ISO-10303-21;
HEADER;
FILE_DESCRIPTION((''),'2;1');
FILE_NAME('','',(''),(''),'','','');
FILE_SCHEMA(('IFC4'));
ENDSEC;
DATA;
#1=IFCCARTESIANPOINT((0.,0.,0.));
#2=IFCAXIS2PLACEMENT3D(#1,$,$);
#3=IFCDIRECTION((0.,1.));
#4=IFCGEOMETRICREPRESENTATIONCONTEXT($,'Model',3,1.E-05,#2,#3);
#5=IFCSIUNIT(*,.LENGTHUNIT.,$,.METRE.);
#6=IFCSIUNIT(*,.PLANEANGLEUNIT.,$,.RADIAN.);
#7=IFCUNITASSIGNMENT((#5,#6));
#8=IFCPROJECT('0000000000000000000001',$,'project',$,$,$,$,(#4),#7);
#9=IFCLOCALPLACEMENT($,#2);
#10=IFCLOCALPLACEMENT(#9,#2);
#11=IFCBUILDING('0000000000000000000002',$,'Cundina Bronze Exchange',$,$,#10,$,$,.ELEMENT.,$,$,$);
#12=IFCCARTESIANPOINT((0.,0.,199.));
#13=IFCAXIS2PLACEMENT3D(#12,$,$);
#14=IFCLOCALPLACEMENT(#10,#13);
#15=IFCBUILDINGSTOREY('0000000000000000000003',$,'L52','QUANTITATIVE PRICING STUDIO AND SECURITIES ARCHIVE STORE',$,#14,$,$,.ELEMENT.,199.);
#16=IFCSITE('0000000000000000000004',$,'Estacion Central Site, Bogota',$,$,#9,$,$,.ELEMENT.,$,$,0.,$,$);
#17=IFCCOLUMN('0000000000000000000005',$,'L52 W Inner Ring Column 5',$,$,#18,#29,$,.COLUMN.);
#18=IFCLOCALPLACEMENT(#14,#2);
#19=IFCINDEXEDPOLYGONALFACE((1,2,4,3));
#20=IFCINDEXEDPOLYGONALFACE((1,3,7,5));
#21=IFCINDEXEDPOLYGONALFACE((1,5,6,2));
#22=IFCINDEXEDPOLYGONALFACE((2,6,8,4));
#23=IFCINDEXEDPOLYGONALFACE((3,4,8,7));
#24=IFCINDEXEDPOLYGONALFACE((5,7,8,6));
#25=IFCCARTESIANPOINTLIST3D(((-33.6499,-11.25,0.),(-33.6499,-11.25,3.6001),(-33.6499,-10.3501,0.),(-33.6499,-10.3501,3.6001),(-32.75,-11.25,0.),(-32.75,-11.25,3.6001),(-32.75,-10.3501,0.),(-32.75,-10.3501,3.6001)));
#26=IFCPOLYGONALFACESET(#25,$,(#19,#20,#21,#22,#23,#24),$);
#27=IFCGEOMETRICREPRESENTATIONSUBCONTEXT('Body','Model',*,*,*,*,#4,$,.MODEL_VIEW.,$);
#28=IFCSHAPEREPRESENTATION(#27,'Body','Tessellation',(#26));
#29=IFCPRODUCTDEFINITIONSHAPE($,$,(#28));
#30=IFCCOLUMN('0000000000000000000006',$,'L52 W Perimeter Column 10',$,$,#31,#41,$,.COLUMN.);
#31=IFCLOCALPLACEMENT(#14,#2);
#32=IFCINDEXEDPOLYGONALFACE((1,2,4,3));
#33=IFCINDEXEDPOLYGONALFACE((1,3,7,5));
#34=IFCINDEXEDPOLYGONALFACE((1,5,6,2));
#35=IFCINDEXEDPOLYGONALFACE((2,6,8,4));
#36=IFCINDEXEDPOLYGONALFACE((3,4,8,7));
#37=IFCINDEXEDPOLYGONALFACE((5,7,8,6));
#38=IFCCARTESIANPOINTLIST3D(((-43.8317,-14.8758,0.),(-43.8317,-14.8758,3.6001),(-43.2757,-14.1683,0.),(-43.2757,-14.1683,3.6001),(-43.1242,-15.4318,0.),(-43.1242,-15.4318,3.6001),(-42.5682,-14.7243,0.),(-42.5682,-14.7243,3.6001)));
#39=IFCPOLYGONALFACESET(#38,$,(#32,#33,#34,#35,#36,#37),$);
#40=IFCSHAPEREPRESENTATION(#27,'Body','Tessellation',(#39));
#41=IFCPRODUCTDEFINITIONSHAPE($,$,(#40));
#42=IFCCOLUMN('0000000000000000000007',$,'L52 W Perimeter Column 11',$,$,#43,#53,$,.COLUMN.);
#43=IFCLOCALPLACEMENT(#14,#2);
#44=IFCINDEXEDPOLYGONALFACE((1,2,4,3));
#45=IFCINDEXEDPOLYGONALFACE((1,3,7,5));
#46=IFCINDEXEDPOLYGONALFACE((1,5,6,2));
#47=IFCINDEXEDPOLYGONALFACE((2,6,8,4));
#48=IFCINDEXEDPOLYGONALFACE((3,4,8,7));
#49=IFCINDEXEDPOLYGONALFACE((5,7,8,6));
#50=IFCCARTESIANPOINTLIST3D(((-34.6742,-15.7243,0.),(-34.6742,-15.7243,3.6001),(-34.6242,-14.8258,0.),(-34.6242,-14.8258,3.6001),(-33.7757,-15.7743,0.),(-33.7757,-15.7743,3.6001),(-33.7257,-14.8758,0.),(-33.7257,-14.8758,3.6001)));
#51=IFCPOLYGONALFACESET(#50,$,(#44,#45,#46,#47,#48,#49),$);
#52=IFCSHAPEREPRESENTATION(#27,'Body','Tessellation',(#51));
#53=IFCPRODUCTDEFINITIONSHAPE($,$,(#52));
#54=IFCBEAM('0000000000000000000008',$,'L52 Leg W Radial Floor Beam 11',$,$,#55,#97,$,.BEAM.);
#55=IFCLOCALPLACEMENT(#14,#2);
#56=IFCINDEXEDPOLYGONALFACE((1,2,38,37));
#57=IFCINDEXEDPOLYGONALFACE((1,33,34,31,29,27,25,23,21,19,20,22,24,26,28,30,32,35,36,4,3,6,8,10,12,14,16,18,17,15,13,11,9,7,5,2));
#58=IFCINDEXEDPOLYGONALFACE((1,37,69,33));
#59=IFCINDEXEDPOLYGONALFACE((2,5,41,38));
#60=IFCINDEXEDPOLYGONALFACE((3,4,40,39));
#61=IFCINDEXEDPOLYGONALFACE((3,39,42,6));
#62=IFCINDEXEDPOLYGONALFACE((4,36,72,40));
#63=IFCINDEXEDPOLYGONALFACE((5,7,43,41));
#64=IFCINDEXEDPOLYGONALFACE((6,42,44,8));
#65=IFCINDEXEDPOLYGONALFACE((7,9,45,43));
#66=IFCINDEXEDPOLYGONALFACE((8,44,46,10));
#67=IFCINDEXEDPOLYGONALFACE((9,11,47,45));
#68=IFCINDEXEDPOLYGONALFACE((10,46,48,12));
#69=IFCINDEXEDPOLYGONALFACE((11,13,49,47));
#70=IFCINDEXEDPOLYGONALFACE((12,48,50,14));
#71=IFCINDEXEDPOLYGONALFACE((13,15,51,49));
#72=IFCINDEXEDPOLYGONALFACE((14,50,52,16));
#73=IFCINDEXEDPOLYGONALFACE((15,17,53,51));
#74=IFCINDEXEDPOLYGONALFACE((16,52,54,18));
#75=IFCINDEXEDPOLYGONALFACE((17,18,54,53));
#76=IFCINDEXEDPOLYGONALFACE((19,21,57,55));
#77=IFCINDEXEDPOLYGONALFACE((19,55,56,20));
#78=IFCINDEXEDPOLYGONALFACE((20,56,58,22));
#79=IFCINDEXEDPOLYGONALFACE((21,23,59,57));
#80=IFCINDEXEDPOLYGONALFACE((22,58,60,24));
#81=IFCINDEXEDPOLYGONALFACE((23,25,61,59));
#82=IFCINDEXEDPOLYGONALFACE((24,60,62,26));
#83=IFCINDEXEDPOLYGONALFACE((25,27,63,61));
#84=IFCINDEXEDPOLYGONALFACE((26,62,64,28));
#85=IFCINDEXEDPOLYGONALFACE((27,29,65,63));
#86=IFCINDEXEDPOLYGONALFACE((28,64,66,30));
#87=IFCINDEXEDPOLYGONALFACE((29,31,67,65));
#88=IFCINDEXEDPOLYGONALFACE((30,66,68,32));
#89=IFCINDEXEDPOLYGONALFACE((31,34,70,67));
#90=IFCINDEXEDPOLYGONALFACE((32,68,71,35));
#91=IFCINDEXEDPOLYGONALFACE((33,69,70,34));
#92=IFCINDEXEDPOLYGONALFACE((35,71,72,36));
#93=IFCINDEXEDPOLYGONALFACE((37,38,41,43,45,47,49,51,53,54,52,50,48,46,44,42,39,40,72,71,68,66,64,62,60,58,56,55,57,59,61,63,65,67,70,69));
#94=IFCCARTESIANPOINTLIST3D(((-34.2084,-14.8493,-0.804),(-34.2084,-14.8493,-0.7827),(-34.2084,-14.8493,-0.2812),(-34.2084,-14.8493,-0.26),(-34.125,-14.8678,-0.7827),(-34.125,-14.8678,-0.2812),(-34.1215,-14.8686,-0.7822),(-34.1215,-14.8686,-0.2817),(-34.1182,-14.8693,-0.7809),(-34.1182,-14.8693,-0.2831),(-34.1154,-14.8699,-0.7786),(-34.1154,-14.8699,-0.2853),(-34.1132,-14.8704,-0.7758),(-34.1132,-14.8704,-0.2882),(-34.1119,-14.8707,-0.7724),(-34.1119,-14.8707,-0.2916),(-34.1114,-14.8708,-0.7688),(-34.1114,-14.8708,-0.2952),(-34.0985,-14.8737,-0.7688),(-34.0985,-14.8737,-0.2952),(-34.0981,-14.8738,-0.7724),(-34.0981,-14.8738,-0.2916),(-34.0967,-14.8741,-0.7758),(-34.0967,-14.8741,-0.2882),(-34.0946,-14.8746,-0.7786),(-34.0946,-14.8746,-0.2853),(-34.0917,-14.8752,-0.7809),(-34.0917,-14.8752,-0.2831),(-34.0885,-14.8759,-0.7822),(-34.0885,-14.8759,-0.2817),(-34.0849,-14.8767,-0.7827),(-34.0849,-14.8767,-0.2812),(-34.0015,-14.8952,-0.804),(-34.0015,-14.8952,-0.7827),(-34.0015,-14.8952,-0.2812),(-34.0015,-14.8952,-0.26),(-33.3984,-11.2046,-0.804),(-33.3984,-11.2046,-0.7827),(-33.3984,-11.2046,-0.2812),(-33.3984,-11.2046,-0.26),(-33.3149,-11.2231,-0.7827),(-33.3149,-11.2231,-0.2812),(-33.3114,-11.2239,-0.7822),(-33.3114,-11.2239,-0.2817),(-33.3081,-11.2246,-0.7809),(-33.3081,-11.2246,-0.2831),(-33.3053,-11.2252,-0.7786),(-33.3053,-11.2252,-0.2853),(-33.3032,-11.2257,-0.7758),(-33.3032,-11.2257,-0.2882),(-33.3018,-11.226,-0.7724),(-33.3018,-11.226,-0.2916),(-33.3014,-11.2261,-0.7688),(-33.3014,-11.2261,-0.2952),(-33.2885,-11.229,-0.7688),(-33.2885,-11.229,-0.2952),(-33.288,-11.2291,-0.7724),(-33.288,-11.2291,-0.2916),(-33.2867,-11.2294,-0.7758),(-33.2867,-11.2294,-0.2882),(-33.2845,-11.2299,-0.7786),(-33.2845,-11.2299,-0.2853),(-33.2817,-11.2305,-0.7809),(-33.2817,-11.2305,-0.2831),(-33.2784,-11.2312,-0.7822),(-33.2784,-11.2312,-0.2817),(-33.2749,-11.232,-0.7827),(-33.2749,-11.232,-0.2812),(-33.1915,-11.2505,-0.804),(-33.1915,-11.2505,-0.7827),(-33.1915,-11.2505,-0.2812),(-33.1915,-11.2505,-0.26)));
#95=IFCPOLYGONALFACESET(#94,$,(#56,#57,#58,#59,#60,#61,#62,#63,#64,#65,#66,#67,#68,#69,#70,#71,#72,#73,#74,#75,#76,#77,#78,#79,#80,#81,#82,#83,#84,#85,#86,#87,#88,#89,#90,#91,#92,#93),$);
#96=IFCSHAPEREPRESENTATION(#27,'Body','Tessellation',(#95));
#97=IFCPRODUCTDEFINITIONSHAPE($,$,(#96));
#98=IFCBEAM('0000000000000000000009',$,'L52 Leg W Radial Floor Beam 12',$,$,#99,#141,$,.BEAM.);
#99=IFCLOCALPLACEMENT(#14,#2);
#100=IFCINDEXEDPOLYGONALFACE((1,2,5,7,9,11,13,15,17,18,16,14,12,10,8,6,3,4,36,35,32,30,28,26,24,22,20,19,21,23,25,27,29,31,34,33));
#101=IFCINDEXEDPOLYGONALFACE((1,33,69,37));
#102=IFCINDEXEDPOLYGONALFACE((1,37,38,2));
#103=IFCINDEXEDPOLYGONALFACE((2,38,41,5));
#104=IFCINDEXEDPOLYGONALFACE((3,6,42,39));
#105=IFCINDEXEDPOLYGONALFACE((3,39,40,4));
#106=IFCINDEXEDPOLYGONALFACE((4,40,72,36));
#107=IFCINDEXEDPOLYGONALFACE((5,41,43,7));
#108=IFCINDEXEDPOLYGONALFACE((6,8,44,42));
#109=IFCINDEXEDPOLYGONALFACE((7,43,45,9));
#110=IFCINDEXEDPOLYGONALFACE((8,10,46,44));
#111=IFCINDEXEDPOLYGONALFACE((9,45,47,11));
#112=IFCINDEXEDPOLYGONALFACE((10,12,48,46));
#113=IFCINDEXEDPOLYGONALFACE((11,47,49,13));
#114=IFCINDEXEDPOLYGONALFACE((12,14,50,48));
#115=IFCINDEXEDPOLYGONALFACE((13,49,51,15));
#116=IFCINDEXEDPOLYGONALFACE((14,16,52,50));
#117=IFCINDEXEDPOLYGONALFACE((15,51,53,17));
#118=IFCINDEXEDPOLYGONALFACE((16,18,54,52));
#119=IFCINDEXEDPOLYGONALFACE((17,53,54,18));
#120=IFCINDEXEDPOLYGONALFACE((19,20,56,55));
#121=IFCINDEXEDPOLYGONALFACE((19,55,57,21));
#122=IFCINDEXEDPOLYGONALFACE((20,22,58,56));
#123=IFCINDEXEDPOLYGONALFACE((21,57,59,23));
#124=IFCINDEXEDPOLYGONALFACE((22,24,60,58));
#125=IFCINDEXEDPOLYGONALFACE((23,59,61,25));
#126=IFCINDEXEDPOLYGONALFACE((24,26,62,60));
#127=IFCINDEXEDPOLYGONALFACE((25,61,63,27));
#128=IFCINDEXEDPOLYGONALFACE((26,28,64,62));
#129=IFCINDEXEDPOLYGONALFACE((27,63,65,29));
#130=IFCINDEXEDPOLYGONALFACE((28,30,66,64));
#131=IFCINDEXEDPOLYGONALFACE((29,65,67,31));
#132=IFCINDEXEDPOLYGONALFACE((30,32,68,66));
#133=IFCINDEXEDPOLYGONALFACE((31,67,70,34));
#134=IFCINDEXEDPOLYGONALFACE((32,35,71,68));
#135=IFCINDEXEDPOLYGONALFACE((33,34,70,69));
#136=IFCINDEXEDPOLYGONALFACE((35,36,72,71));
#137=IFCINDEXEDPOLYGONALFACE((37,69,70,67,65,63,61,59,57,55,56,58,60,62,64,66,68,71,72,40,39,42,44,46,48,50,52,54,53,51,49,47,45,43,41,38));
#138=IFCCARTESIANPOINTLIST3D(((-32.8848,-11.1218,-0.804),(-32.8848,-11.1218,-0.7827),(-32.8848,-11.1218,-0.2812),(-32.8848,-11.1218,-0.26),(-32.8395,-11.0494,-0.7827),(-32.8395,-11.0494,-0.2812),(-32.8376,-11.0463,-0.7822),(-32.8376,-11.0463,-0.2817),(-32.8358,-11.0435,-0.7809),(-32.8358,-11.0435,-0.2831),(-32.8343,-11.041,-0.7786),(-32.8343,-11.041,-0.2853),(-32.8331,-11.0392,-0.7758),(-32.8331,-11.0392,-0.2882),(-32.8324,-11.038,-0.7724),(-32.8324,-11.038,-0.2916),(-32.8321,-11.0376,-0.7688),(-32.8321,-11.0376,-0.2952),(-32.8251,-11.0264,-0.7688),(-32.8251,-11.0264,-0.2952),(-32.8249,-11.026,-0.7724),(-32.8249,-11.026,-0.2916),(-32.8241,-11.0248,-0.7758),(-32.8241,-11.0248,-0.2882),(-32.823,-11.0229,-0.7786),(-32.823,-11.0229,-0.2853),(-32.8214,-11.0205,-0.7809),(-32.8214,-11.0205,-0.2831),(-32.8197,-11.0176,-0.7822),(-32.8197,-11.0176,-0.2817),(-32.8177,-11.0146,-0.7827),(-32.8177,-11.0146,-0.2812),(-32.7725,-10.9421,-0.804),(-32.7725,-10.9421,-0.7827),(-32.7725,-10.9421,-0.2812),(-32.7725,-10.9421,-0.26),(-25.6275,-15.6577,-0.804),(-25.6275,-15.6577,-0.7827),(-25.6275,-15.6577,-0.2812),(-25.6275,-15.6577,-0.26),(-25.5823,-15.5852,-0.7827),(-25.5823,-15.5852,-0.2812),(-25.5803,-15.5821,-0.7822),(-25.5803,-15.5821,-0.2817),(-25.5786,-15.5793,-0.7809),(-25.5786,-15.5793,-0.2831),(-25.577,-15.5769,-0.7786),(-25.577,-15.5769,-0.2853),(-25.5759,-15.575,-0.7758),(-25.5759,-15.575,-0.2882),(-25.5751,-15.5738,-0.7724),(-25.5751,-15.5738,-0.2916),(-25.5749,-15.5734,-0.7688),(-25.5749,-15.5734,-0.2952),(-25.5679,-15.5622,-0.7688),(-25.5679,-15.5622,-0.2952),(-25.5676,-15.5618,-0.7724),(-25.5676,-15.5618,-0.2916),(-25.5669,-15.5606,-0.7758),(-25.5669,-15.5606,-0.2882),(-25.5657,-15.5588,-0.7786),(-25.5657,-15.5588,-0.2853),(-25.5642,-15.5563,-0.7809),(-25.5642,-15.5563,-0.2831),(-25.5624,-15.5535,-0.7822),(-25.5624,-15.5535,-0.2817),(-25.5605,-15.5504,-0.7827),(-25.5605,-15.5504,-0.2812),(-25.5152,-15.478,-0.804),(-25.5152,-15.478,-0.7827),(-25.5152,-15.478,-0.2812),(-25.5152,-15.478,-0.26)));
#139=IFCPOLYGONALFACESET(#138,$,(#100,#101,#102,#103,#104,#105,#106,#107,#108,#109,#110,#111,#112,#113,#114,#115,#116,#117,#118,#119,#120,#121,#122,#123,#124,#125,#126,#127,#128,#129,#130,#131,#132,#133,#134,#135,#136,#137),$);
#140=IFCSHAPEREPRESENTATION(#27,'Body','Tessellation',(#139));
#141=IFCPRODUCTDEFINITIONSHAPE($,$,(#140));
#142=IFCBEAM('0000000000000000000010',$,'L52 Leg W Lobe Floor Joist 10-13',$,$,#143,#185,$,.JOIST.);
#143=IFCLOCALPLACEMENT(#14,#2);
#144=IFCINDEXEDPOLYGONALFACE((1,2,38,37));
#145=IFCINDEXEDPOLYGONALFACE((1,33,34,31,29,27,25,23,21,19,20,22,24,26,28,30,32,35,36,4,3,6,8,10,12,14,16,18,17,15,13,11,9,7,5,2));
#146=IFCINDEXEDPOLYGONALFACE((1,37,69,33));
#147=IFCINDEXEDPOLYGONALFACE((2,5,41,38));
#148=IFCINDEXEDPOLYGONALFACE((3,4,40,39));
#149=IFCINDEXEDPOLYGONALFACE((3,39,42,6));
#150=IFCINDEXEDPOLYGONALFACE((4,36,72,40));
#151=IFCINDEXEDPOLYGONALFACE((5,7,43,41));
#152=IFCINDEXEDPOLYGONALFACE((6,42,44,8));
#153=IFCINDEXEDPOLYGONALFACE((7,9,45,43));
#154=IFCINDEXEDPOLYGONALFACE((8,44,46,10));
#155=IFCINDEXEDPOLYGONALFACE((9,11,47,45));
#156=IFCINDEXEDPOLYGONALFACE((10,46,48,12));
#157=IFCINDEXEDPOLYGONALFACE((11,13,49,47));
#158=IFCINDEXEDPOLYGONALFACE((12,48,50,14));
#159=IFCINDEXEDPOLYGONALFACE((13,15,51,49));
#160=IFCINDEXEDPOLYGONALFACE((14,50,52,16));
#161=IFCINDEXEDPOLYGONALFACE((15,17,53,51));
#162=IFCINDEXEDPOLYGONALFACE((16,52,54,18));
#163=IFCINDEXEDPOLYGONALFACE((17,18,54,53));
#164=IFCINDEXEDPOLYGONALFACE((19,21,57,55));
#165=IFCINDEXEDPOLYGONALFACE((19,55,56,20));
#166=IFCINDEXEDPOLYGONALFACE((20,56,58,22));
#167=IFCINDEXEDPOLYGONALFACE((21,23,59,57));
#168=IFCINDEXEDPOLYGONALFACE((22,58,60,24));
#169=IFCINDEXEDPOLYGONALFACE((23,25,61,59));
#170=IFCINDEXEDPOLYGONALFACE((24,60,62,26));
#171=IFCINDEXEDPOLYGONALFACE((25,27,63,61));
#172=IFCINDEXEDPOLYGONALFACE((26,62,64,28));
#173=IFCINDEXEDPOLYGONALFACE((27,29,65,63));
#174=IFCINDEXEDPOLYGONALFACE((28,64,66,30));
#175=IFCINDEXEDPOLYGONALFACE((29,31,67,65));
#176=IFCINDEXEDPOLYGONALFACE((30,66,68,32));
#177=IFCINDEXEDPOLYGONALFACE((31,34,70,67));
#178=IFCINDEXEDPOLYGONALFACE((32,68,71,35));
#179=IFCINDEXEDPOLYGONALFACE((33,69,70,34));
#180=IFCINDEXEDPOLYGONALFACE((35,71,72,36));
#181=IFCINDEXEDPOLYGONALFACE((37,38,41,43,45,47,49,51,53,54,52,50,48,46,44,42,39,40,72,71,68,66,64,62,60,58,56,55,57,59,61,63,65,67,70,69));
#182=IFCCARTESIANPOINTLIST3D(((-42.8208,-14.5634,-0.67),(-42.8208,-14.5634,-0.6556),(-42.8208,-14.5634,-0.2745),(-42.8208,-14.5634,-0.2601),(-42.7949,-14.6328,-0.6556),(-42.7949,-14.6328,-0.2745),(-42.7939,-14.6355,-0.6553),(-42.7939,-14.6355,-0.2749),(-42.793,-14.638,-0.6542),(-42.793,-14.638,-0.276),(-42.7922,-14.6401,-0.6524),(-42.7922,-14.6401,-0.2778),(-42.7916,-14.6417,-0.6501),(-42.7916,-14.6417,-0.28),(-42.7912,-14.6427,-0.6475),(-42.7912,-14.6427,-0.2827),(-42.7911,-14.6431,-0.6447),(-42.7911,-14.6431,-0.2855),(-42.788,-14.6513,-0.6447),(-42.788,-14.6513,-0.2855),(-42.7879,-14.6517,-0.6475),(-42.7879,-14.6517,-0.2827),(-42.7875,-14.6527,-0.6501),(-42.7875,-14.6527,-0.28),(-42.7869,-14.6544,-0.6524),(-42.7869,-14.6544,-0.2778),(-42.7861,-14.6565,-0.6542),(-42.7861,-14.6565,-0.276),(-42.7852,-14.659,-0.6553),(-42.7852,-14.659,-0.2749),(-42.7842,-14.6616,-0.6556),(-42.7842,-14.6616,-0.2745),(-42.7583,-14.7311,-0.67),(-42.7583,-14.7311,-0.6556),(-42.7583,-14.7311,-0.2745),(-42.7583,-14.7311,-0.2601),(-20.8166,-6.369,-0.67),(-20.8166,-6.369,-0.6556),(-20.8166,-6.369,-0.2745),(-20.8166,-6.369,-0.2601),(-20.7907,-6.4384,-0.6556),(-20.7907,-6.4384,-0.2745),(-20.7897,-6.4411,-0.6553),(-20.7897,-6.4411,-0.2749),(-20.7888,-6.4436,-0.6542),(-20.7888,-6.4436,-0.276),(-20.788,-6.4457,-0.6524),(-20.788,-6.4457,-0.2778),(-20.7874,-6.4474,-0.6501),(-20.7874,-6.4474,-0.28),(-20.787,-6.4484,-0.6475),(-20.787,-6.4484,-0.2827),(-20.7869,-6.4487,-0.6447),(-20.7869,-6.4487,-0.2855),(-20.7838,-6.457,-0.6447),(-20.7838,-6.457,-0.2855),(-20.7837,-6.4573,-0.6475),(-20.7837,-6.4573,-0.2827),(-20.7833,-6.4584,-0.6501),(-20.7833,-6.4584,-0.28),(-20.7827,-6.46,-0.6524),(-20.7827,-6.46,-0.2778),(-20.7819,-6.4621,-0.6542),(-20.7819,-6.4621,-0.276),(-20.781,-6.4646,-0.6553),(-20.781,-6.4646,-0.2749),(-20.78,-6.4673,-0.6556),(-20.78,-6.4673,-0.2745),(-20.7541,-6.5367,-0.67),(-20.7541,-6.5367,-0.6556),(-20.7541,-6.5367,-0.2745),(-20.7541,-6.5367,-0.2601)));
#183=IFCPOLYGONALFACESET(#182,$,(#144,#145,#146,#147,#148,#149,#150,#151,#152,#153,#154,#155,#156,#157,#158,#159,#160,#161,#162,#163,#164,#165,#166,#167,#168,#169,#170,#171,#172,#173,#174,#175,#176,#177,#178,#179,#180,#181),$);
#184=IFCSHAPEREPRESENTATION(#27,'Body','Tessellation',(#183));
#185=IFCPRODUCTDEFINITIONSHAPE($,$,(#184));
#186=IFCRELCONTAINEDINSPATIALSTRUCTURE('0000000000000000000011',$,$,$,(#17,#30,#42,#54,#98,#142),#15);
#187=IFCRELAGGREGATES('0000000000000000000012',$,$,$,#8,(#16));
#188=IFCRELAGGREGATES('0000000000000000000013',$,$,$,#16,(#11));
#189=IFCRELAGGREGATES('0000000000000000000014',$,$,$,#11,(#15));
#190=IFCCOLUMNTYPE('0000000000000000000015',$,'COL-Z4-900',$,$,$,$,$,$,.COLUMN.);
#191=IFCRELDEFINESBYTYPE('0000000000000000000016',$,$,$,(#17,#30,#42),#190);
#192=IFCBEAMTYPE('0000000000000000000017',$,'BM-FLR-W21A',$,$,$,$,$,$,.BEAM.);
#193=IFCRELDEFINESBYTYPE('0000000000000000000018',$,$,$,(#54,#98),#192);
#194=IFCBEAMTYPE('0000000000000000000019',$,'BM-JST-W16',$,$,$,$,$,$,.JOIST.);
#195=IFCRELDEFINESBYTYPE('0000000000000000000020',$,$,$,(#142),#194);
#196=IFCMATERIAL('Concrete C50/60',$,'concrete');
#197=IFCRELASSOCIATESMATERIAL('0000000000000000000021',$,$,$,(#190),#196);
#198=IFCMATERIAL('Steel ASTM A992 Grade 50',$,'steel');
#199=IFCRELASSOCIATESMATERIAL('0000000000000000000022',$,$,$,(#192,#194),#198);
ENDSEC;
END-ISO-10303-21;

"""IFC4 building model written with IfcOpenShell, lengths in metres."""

from ifc_helpers import new_model, si_unit, direction, frame, origin, origin_2d, place, context, subcontext, project, spatial, rectangle, i_section, extrude, material, material_profile, profile_set, type_object, element, save


model = new_model("IFC4")

# Units and contexts
model_context = context("Model", 3, precision=1e-05, world=origin(), true_north=direction((0.0, 1.0)))
body_context = subcontext(model_context, "Body", "Model", "MODEL_VIEW")
ifc_project = project(units=[si_unit("LENGTHUNIT", "METRE"), si_unit("PLANEANGLEUNIT", "RADIAN")], contexts=[model_context])

# Site, building, storey
site_placement = place(None, origin())
site = spatial("IfcSite", under=ifc_project, at=site_placement, Name="Estacion Central Site, Bogota", CompositionType="ELEMENT", RefElevation=0.0)
building_placement = place(site_placement, origin())
building = spatial("IfcBuilding", under=site, at=building_placement, Name="Cundina Bronze Exchange", CompositionType="ELEMENT")
storey_placement = place(building_placement, frame((0.0, 0.0, 199.0)))
storey = spatial("IfcBuildingStorey", under=building, at=storey_placement, Name="L52", Description="QUANTITATIVE PRICING STUDIO AND SECURITIES ARCHIVE STORE", CompositionType="ELEMENT", Elevation=199.0)

# Columns
ifc_material_1 = material(Name="Concrete C50/60", Category="concrete")
ifc_material_profile_1 = material_profile(ifc_material_1, rectangle(XDim=0.8999, YDim=0.8999, at=origin_2d()), Name="RC900X900", Category="concrete")
ifc_profile_set_1 = profile_set([ifc_material_profile_1], Name="Concrete C50/60")
column_type = type_object("IfcColumnType", Name="COL-Z4-900", PredefinedType="COLUMN", material=ifc_profile_set_1)
for number, where, z_axis, x_axis, name in (
    (1, (-33.2, -10.8, 0.0), (0.0, 0.0, 1.0), (1.0, 0.0, 0.0), "L52 W Inner Ring Column 5"),
    (2, (-43.2, -14.8, 0.0), (0.0, 0.0, 1.0), (0.786288, -0.61786, 0.0), "L52 W Perimeter Column 10"),
    (3, (-34.2, -15.3, 0.0), (0.0, 0.0, 1.0), (0.99846, -0.055473, 0.0), "L52 W Perimeter Column 11"),
):
    element("IfcColumn", number, at=place(storey_placement, frame(where, z_axis=z_axis, x_axis=x_axis)), inside=storey, type_object=column_type, Name=name, PredefinedType="COLUMN", context=body_context, shape_type="SweptSolid", body=[
        extrude(rectangle(XDim=0.8999, YDim=0.8999, at=origin_2d()), origin(), (0.0, 0.0, 1.0), 3.6001),
    ])

# Beams
ifc_material_2 = material(Name="Steel ASTM A992 Grade 50", Category="steel")
ifc_material_profile_2 = material_profile(ifc_material_2, i_section(OverallWidth=0.2119, OverallDepth=0.5439, WebThickness=0.0132, FlangeThickness=0.0212, FilletRadius=0.0139, at=origin_2d()), Name="W21X83", Category="steel")
ifc_profile_set_2 = profile_set([ifc_material_profile_2], Name="Steel ASTM A992 Grade 50")
beam_type_1 = type_object("IfcBeamType", Name="BM-FLR-W21A", PredefinedType="BEAM", material=ifc_profile_set_2)
beam_1_placement = place(storey_placement, frame((-33.2949, -11.2275, -0.532), z_axis=(-0.216958, -0.976181, 0.0), x_axis=(0.976181, -0.216958, 0.0)))
element("IfcBeam", 4, at=beam_1_placement, inside=storey, type_object=beam_type_1, Name="L52 Leg W Radial Floor Beam 11", PredefinedType="BEAM", context=body_context, shape_type="SweptSolid", body=[
    extrude(i_section(OverallWidth=0.2119, OverallDepth=0.5439, WebThickness=0.0132, FlangeThickness=0.0212, FilletRadius=0.0139, at=origin_2d()), origin(), (0.0, 0.0, 1.0), 3.7336),
])
beam_2_placement = place(storey_placement, frame((-32.8286, -11.032, -0.532), z_axis=(0.847995, -0.530004, 0.0), x_axis=(0.530004, 0.847995, 0.0)))
element("IfcBeam", 5, at=beam_2_placement, inside=storey, type_object=beam_type_1, Name="L52 Leg W Radial Floor Beam 12", PredefinedType="BEAM", context=body_context, shape_type="SweptSolid", body=[
    extrude(i_section(OverallWidth=0.2119, OverallDepth=0.5439, WebThickness=0.0132, FlangeThickness=0.0212, FilletRadius=0.0139, at=origin_2d()), origin(), (0.0, 0.0, 1.0), 8.5581),
])
ifc_material_profile_3 = material_profile(ifc_material_2, i_section(OverallWidth=0.179, OverallDepth=0.4099, WebThickness=0.0088, FlangeThickness=0.0144, FilletRadius=0.011, at=origin_2d()), Name="W16X45", Category="steel")
ifc_profile_set_3 = profile_set([ifc_material_profile_3], Name="Steel ASTM A992 Grade 50")
beam_type_2 = type_object("IfcBeamType", Name="BM-JST-W16", PredefinedType="JOIST", material=ifc_profile_set_3)
beam_3_placement = place(storey_placement, frame((-42.7896, -14.6472, -0.4651), z_axis=(0.937128, 0.348986, 0.0), x_axis=(-0.348986, 0.937128, 0.0)))
element("IfcBeam", 6, at=beam_3_placement, inside=storey, type_object=beam_type_2, Name="L52 Leg W Lobe Floor Joist 10-13", PredefinedType="JOIST", context=body_context, shape_type="SweptSolid", body=[
    extrude(i_section(OverallWidth=0.179, OverallDepth=0.4099, WebThickness=0.0088, FlangeThickness=0.0144, FilletRadius=0.011, at=origin_2d()), origin(), (0.0, 0.0, 1.0), 23.4805),
])

save(model, "model.ifc")
